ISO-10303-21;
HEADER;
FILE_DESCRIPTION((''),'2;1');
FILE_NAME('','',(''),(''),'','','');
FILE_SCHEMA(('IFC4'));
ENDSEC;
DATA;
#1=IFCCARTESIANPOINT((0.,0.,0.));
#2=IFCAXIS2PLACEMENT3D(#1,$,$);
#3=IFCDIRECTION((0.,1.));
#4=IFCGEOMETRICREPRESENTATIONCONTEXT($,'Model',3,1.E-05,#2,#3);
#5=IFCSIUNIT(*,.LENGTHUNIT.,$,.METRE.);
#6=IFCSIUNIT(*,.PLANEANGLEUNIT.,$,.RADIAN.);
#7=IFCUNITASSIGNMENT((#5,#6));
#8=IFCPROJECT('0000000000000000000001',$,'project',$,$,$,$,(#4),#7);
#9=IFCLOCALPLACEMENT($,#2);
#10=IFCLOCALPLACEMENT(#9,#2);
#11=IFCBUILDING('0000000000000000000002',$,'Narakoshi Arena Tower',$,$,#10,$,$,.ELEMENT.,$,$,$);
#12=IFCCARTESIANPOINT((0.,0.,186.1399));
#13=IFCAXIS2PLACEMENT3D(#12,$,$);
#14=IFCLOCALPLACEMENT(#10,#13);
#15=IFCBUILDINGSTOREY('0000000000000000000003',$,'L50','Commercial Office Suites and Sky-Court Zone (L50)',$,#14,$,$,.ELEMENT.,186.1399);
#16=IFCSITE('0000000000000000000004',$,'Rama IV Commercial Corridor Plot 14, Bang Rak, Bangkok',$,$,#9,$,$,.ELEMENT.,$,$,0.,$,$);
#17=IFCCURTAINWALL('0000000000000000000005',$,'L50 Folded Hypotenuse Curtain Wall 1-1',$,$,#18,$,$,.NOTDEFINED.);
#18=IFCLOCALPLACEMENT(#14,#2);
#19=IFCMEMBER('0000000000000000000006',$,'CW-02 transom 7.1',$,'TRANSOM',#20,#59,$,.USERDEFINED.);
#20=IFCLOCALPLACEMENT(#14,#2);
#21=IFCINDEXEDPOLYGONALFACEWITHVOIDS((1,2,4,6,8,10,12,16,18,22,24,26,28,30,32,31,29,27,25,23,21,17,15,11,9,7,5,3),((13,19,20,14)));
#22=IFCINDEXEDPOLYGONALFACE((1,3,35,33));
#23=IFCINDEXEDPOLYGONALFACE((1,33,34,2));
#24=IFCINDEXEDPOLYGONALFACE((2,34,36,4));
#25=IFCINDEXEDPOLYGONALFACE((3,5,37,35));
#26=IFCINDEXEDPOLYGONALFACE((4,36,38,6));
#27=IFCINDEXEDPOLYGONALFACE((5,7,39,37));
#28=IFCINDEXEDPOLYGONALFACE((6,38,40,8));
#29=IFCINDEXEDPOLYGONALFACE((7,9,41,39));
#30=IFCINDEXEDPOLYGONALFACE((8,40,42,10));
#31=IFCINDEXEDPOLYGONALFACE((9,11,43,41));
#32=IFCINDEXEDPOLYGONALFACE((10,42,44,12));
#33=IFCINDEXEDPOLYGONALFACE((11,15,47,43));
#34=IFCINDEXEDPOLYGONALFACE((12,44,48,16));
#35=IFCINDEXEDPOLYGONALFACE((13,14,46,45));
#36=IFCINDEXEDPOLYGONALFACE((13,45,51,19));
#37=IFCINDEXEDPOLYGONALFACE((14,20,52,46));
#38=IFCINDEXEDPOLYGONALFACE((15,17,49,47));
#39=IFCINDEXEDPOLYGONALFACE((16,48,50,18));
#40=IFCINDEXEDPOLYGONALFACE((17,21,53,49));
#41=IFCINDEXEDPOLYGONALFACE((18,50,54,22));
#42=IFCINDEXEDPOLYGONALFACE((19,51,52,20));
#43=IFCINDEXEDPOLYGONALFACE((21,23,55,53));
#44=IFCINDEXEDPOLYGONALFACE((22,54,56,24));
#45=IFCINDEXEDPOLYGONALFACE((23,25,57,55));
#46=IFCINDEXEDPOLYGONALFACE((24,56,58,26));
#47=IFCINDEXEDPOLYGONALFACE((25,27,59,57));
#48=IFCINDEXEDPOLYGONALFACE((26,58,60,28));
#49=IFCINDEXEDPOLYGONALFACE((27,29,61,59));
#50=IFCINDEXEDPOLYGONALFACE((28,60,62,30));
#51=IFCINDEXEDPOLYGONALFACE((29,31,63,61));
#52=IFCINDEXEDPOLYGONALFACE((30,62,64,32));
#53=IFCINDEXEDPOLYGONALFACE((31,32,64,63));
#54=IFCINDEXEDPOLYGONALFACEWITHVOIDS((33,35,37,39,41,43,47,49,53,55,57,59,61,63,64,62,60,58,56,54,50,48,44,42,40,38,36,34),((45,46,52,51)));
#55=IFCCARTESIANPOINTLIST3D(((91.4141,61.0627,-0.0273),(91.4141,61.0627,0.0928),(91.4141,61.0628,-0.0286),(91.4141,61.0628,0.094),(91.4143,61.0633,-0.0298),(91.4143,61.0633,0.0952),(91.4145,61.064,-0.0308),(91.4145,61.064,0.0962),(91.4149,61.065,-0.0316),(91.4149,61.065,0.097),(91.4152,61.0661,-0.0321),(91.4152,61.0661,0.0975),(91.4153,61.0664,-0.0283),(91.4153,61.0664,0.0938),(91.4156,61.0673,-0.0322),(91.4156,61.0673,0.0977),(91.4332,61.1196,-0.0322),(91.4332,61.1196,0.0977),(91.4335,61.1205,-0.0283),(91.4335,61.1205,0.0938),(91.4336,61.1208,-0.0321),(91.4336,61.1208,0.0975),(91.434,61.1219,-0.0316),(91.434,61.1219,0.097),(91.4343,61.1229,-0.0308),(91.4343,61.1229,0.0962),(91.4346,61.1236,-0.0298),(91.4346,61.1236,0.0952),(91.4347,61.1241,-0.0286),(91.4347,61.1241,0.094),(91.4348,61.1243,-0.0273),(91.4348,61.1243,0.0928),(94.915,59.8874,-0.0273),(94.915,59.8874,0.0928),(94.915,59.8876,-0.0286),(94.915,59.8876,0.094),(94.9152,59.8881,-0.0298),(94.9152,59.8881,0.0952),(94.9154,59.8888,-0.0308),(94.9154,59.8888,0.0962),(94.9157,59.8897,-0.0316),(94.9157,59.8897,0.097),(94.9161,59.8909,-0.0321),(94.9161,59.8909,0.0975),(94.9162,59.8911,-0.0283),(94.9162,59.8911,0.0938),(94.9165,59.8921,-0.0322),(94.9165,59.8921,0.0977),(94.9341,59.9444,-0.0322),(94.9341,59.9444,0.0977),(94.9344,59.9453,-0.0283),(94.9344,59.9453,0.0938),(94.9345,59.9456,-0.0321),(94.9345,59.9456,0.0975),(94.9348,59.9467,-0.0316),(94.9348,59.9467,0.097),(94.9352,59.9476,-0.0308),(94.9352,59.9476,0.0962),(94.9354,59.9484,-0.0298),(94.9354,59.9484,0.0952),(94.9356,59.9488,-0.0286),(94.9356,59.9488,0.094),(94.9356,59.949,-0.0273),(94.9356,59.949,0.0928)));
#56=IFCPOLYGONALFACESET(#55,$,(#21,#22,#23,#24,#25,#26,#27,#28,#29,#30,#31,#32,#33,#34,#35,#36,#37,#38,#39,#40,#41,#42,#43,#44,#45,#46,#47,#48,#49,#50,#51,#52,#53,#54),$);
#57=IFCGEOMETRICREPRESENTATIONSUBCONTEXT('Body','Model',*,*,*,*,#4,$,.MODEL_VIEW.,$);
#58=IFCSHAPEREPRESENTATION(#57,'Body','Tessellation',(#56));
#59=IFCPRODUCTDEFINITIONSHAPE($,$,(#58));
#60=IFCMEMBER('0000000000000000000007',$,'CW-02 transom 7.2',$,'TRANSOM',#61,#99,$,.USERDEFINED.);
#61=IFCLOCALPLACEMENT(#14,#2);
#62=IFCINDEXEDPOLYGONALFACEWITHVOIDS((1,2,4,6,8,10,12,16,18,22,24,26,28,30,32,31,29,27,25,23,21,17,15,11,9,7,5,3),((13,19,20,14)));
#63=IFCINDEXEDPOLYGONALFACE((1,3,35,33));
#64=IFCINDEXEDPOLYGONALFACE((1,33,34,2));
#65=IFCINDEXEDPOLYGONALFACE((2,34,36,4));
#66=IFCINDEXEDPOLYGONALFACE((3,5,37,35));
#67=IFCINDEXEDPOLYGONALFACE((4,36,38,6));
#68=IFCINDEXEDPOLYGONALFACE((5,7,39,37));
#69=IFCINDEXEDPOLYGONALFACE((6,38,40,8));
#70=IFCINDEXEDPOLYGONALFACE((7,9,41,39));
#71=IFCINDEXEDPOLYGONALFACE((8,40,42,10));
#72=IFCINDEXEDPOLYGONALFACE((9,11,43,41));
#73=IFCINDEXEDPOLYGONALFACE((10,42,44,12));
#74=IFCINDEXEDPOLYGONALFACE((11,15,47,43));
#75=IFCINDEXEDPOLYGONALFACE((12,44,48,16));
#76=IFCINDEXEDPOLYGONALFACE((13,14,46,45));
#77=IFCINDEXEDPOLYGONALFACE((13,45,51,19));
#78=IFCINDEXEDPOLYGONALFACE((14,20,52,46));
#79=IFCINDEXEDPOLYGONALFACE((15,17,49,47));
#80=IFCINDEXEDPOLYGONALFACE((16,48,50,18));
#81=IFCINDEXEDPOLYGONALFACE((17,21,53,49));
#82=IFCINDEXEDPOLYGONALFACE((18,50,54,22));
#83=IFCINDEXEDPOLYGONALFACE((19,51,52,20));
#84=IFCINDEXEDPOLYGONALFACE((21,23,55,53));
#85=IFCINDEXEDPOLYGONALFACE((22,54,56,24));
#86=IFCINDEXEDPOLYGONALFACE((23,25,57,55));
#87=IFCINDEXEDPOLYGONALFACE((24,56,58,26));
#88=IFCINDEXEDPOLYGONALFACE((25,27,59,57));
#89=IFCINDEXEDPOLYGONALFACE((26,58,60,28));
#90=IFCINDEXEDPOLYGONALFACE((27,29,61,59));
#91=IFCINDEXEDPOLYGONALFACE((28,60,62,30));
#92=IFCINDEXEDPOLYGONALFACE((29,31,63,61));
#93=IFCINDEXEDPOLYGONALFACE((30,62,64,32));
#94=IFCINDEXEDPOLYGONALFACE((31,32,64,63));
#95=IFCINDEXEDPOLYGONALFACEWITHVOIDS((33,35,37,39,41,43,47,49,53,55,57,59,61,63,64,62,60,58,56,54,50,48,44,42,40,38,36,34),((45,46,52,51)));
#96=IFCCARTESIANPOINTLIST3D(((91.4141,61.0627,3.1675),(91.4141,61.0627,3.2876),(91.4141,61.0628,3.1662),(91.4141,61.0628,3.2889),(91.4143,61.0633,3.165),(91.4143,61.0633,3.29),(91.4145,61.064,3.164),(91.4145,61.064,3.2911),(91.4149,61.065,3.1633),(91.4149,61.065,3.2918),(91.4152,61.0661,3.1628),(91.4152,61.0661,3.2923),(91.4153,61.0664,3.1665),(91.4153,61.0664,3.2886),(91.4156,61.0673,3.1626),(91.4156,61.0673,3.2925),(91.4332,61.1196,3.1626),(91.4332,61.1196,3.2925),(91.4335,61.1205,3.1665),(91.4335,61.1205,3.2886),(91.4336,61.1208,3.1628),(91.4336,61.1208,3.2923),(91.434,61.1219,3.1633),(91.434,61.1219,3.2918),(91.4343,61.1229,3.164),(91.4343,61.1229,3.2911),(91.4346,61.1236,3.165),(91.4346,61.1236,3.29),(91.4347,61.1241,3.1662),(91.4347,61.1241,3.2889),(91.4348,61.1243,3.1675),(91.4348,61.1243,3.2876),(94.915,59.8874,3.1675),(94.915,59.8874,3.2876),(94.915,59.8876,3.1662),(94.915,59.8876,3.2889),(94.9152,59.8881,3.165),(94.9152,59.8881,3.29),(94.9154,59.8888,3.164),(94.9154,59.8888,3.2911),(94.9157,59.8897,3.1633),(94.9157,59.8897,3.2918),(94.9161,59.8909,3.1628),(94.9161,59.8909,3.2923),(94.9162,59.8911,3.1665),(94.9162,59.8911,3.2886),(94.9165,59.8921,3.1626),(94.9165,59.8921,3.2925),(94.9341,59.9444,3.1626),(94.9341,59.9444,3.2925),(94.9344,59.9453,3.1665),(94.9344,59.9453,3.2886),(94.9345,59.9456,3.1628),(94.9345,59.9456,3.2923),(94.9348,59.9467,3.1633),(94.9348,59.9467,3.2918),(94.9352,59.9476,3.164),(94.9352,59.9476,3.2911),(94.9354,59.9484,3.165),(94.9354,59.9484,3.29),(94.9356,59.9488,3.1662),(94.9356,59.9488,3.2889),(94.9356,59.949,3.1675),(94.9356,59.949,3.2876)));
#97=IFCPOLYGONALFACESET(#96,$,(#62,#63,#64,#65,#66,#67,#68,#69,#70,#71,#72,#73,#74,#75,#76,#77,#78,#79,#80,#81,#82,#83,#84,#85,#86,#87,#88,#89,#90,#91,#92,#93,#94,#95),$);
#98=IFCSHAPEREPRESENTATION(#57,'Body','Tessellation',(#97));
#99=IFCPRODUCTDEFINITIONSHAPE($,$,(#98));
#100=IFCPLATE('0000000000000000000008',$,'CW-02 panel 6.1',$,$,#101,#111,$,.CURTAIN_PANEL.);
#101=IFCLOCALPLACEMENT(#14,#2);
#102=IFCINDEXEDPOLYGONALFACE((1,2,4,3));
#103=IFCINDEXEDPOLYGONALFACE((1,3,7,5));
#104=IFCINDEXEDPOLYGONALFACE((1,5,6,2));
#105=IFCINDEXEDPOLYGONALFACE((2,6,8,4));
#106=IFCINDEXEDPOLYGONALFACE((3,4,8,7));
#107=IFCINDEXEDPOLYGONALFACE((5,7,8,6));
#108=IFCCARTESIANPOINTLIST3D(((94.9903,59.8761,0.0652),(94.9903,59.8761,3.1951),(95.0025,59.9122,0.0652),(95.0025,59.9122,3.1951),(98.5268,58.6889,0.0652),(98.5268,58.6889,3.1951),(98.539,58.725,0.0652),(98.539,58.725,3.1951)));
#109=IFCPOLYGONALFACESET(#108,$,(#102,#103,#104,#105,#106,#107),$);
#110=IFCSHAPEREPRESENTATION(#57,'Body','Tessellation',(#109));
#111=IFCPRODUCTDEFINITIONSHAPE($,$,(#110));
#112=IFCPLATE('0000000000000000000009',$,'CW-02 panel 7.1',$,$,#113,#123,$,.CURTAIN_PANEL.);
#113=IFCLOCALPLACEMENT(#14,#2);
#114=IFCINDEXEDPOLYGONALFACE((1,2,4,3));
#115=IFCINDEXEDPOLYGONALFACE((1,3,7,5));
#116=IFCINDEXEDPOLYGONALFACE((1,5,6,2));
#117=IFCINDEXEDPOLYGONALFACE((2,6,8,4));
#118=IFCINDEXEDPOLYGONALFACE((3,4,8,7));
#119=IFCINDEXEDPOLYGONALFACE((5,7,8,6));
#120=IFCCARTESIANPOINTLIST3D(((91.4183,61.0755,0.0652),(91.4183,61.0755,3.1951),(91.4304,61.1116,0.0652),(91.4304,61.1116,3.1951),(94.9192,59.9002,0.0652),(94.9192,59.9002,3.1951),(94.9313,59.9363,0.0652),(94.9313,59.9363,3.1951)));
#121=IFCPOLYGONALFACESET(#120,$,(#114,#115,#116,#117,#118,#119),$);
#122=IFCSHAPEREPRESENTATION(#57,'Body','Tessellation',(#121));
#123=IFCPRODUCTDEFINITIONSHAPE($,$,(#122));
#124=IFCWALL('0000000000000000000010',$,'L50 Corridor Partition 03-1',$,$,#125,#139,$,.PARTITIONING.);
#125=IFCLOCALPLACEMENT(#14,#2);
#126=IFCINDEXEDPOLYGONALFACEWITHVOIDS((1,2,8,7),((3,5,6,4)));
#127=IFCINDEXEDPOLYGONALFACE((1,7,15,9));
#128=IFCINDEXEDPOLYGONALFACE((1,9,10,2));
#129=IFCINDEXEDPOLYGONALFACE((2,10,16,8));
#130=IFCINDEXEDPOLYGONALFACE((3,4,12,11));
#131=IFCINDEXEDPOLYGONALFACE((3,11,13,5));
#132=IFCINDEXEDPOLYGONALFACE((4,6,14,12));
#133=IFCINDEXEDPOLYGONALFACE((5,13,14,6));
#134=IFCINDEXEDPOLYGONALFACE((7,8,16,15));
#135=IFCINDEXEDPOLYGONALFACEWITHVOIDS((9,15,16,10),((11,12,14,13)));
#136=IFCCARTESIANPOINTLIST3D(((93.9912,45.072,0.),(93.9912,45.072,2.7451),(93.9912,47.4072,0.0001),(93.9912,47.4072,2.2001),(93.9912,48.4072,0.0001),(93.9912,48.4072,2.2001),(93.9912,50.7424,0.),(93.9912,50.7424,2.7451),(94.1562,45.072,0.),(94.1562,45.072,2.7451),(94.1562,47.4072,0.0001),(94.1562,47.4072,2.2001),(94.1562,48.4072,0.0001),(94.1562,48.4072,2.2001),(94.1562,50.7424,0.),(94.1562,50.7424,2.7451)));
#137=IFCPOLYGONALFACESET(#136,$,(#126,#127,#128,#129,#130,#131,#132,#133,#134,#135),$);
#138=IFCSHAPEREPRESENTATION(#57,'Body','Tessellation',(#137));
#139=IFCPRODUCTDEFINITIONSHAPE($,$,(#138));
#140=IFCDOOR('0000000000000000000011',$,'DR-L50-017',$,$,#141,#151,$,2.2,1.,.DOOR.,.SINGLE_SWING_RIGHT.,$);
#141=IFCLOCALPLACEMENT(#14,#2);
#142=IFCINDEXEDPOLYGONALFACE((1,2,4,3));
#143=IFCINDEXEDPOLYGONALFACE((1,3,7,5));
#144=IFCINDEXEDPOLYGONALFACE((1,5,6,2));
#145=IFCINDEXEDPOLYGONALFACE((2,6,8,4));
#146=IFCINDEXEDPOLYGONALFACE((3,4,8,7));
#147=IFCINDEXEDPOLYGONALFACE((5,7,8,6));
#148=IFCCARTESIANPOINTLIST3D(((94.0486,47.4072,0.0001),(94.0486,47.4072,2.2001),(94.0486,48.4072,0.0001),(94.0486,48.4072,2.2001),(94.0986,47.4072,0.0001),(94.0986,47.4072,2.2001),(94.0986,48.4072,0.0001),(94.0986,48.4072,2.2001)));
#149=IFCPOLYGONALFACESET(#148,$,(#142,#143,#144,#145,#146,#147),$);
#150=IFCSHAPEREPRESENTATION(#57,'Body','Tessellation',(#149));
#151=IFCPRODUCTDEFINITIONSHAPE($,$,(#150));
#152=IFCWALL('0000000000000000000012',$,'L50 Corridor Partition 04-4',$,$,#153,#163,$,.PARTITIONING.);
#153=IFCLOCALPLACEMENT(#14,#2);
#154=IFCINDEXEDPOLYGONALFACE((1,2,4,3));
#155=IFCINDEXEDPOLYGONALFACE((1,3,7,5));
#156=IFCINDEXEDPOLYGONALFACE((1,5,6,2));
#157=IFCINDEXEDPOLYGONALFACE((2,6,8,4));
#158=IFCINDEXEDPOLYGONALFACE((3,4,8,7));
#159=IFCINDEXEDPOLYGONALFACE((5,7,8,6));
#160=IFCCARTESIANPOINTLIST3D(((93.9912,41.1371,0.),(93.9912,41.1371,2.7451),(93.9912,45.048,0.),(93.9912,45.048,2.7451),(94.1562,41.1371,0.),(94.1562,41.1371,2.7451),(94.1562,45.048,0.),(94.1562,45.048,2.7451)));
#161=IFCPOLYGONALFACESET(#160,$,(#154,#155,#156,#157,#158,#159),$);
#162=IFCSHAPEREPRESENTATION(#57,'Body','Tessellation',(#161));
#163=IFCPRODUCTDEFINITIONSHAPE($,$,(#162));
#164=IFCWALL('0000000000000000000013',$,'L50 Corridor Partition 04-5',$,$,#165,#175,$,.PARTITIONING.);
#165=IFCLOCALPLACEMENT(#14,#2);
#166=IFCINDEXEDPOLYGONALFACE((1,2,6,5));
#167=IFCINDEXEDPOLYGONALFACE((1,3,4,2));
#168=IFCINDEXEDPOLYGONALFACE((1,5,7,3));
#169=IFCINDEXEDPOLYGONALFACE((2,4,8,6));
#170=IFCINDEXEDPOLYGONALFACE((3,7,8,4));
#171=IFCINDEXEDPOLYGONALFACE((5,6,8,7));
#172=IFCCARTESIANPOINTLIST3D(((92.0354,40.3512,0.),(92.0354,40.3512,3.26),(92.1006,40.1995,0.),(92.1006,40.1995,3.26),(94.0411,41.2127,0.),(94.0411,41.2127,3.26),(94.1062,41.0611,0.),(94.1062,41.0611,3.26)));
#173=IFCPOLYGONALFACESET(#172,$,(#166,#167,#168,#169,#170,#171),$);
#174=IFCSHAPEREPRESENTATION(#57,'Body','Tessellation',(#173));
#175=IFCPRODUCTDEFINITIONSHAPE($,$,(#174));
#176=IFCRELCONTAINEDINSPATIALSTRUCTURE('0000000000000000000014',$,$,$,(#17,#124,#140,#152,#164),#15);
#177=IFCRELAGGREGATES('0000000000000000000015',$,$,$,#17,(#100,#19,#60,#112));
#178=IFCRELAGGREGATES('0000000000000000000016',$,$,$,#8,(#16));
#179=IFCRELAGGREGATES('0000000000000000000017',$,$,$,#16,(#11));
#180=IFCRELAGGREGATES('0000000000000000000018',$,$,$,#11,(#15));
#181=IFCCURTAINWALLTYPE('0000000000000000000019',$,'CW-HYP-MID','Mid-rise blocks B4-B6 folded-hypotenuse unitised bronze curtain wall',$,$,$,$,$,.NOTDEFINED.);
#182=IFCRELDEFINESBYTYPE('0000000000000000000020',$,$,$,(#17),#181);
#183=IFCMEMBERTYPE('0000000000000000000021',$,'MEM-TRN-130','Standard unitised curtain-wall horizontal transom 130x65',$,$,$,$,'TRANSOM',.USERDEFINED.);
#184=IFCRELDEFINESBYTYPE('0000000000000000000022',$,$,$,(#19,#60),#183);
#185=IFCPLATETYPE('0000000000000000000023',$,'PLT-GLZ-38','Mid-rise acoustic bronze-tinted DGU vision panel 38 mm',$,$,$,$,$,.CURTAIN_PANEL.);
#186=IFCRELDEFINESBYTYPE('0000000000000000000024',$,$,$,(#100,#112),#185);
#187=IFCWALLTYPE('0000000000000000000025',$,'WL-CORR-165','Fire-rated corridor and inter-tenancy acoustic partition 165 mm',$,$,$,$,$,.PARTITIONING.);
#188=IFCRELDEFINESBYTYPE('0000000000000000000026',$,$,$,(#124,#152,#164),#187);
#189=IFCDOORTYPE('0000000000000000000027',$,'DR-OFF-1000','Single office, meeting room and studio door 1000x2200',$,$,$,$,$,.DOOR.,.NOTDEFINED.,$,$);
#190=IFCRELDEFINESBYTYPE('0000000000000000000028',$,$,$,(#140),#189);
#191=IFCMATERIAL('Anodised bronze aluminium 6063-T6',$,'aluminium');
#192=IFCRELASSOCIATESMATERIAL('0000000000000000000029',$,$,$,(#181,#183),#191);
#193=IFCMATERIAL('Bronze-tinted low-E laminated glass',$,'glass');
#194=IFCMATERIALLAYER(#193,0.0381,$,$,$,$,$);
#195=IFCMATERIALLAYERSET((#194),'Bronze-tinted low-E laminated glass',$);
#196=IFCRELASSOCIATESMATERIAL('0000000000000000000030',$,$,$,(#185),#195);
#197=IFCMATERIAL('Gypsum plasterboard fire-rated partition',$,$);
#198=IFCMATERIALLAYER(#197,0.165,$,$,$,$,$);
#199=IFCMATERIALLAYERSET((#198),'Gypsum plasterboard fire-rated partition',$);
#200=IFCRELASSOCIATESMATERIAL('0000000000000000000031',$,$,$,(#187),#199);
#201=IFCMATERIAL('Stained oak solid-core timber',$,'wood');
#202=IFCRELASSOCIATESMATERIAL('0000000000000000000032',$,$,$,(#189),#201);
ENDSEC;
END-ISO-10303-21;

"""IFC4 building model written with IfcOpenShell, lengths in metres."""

from ifc_helpers import new_model, si_unit, direction, frame, frame_2d, origin, origin_2d, place, context, subcontext, project, spatial, rectangle, hollow_rectangle, extrude, material, layer, layer_set, material_profile, profile_set, type_object, element, fill, aggregate, save


model = new_model("IFC4")

# Units and contexts
model_context = context("Model", 3, precision=1e-05, world=origin(), true_north=direction((0.0, 1.0)))
body_context = subcontext(model_context, "Body", "Model", "MODEL_VIEW")
ifc_project = project(units=[si_unit("LENGTHUNIT", "METRE"), si_unit("PLANEANGLEUNIT", "RADIAN")], contexts=[model_context])

# Site, building, storey
site_placement = place(None, origin())
site = spatial("IfcSite", under=ifc_project, at=site_placement, Name="Rama IV Commercial Corridor Plot 14, Bang Rak, Bangkok", CompositionType="ELEMENT", RefElevation=0.0)
building_placement = place(site_placement, origin())
building = spatial("IfcBuilding", under=site, at=building_placement, Name="Narakoshi Arena Tower", CompositionType="ELEMENT")
storey_placement = place(building_placement, frame((0.0, 0.0, 186.1399)))
storey = spatial("IfcBuildingStorey", under=building, at=storey_placement, Name="L50", Description="Commercial Office Suites and Sky-Court Zone (L50)", CompositionType="ELEMENT", Elevation=186.1399)

# Curtain wall, members, plates
ifc_material_1 = material(Name="Anodised bronze aluminium 6063-T6", Category="aluminium")
curtain_wall_type = type_object("IfcCurtainWallType", Name="CW-HYP-MID", Description="Mid-rise blocks B4-B6 folded-hypotenuse unitised bronze curtain wall", PredefinedType="NOTDEFINED", material=ifc_material_1)
curtain_wall_placement = place(storey_placement, origin())
curtain_wall = element("IfcCurtainWall", 1, at=curtain_wall_placement, inside=storey, type_object=curtain_wall_type, Name="L50 Folded Hypotenuse Curtain Wall 1-1", PredefinedType="NOTDEFINED")
ifc_material_profile_1 = material_profile(ifc_material_1, hollow_rectangle(XDim=0.0649, YDim=0.1299, WallThickness=0.0039, OuterFilletRadius=0.0049, at=origin_2d()), Name="TRN130x65x4")
ifc_profile_set_1 = profile_set([ifc_material_profile_1], Name="Anodised bronze aluminium 6063-T6")
member_type_1 = type_object("IfcMemberType", Name="MEM-TRN-130", Description="Standard unitised curtain-wall horizontal transom 130x65", ElementType="TRANSOM", PredefinedType="USERDEFINED", material=ifc_profile_set_1)
member_1_placement = place(storey_placement, frame((94.9253, 59.9182, 0.0327), z_axis=(-0.948007, 0.31825, 0.0), x_axis=(-0.31825, -0.948007, 0.0)))
member_1 = element("IfcMember", 2, at=member_1_placement, type_object=member_type_1, Name="CW-02 transom 7.1", ObjectType="TRANSOM", PredefinedType="USERDEFINED", context=body_context, shape_type="SweptSolid", body=[
    extrude(hollow_rectangle(XDim=0.0649, YDim=0.1299, WallThickness=0.0039, OuterFilletRadius=0.0049, at=origin_2d()), origin(), (0.0, 0.0, 1.0), 3.6929),
])
member_2_placement = place(storey_placement, frame((94.9253, 59.9182, 3.2275), z_axis=(-0.948007, 0.31825, 0.0), x_axis=(-0.31825, -0.948007, 0.0)))
member_2 = element("IfcMember", 3, at=member_2_placement, type_object=member_type_1, Name="CW-02 transom 7.2", ObjectType="TRANSOM", PredefinedType="USERDEFINED", context=body_context, shape_type="SweptSolid", body=[
    extrude(hollow_rectangle(XDim=0.0649, YDim=0.1299, WallThickness=0.0039, OuterFilletRadius=0.0049, at=origin_2d()), origin(), (0.0, 0.0, 1.0), 3.6929),
])
ifc_material_2 = material(Name="Bronze-tinted low-E laminated glass", Category="glass")
ifc_layer_1 = layer(ifc_material_2, 0.0381)
ifc_layer_set_1 = layer_set([ifc_layer_1], Name="Bronze-tinted low-E laminated glass")
plate_type = type_object("IfcPlateType", Name="PLT-GLZ-38", Description="Mid-rise acoustic bronze-tinted DGU vision panel 38 mm", PredefinedType="CURTAIN_PANEL", material=ifc_layer_set_1)
plate_1_placement = place(storey_placement, frame((96.7646, 59.3005, 0.0652), z_axis=(0.0, 0.0, 1.0), x_axis=(-0.948003, 0.318261, 0.0)))
plate_1 = element("IfcPlate", 4, at=plate_1_placement, type_object=plate_type, Name="CW-02 panel 6.1", PredefinedType="CURTAIN_PANEL", context=body_context, shape_type="SweptSolid", body=[
    extrude(rectangle(XDim=3.7305, YDim=0.0381, at=origin_2d()), origin(), (0.0, 0.0, 1.0), 3.1299),
])
plate_2_placement = place(storey_placement, frame((93.1748, 60.5059, 0.0652), z_axis=(0.0, 0.0, 1.0), x_axis=(-0.948003, 0.318261, 0.0)))
plate_2 = element("IfcPlate", 5, at=plate_2_placement, type_object=plate_type, Name="CW-02 panel 7.1", PredefinedType="CURTAIN_PANEL", context=body_context, shape_type="SweptSolid", body=[
    extrude(rectangle(XDim=3.6929, YDim=0.0381, at=origin_2d()), origin(), (0.0, 0.0, 1.0), 3.1299),
])
aggregate(curtain_wall, [plate_1, member_1, member_2, plate_2])

# Wall, opening, door
ifc_material_3 = material(Name="Gypsum plasterboard fire-rated partition")
ifc_layer_2 = layer(ifc_material_3, 0.165)
ifc_layer_set_2 = layer_set([ifc_layer_2], Name="Gypsum plasterboard fire-rated partition")
wall_type_1 = type_object("IfcWallType", Name="WL-CORR-165", Description="Fire-rated corridor and inter-tenancy acoustic partition 165 mm", PredefinedType="PARTITIONING", material=ifc_layer_set_2)
wall_1_placement = place(storey_placement, frame((94.0737, 45.072, 0.0), z_axis=(0.0, 0.0, 1.0), x_axis=(0.0, 1.0, 0.0)))
wall_1 = element("IfcWall", 6, at=wall_1_placement, inside=storey, type_object=wall_type_1, Name="L50 Corridor Partition 03-1", PredefinedType="PARTITIONING", context=body_context, shape_type="SweptSolid", body=[
    extrude(rectangle(XDim=5.6704, YDim=0.165, at=frame_2d((2.8352, 0.0))), origin(), (0.0, 0.0, 1.0), 2.7451),
])
opening_1_placement = place(wall_1_placement, frame((2.3352, 0.0, 0.0)))
opening_1 = element("IfcOpeningElement", 7, at=opening_1_placement, cuts=wall_1, PredefinedType="OPENING", context=body_context, shape_type="SweptSolid", body=[
    extrude(rectangle(XDim=1.0, YDim=2.2, at=frame_2d((0.5, 1.1001))), frame((0.0, 0.0925, 0.0), z_axis=(0.0, -1.0, 0.0), x_axis=(1.0, 0.0, 0.0)), (0.0, 0.0, 1.0), 0.1851),
])
ifc_material_4 = material(Name="Stained oak solid-core timber", Category="wood")
door_type = type_object("IfcDoorType", Name="DR-OFF-1000", Description="Single office, meeting room and studio door 1000x2200", OperationType="NOTDEFINED", PredefinedType="DOOR", material=ifc_material_4)
door_1_placement = place(opening_1_placement, frame((1.0, 0.0, 0.0), z_axis=(0.0, 0.0, 1.0), x_axis=(-1.0, 0.0, 0.0)))
door_1 = element("IfcDoor", 8, at=door_1_placement, inside=storey, type_object=door_type, Name="DR-L50-017", OperationType="SINGLE_SWING_RIGHT", OverallHeight=2.2, OverallWidth=1.0, PredefinedType="DOOR", context=body_context, shape_type="SweptSolid", body=[
    extrude(rectangle(XDim=1.0, YDim=2.2, at=frame_2d((0.5, 1.1001))), frame((0.0, 0.0249, 0.0), z_axis=(0.0, -1.0, 0.0), x_axis=(1.0, 0.0, 0.0)), (0.0, 0.0, 1.0), 0.05),
])
fill(opening_1, door_1)

# Walls
wall_2_placement = place(storey_placement, frame((94.0737, 41.137, 0.0), z_axis=(0.0, 0.0, 1.0), x_axis=(0.0, 1.0, 0.0)))
element("IfcWall", 9, at=wall_2_placement, inside=storey, type_object=wall_type_1, Name="L50 Corridor Partition 04-4", PredefinedType="PARTITIONING", context=body_context, shape_type="SweptSolid", body=[
    extrude(rectangle(XDim=3.9109, YDim=0.165, at=frame_2d((1.9556, 0.0))), origin(), (0.0, 0.0, 1.0), 2.7451),
])
wall_3_placement = place(storey_placement, frame((92.0681, 40.2754, 0.0), z_axis=(0.0, 0.0, 1.0), x_axis=(0.918809, 0.394702, 0.0)))
element("IfcWall", 10, at=wall_3_placement, inside=storey, type_object=wall_type_1, Name="L50 Corridor Partition 04-5", PredefinedType="PARTITIONING", context=body_context, shape_type="SweptSolid", body=[
    extrude(rectangle(XDim=2.1829, YDim=0.165, at=frame_2d((1.0913, 0.0))), origin(), (0.0, 0.0, 1.0), 3.26),
])

save(model, "model.ifc")
